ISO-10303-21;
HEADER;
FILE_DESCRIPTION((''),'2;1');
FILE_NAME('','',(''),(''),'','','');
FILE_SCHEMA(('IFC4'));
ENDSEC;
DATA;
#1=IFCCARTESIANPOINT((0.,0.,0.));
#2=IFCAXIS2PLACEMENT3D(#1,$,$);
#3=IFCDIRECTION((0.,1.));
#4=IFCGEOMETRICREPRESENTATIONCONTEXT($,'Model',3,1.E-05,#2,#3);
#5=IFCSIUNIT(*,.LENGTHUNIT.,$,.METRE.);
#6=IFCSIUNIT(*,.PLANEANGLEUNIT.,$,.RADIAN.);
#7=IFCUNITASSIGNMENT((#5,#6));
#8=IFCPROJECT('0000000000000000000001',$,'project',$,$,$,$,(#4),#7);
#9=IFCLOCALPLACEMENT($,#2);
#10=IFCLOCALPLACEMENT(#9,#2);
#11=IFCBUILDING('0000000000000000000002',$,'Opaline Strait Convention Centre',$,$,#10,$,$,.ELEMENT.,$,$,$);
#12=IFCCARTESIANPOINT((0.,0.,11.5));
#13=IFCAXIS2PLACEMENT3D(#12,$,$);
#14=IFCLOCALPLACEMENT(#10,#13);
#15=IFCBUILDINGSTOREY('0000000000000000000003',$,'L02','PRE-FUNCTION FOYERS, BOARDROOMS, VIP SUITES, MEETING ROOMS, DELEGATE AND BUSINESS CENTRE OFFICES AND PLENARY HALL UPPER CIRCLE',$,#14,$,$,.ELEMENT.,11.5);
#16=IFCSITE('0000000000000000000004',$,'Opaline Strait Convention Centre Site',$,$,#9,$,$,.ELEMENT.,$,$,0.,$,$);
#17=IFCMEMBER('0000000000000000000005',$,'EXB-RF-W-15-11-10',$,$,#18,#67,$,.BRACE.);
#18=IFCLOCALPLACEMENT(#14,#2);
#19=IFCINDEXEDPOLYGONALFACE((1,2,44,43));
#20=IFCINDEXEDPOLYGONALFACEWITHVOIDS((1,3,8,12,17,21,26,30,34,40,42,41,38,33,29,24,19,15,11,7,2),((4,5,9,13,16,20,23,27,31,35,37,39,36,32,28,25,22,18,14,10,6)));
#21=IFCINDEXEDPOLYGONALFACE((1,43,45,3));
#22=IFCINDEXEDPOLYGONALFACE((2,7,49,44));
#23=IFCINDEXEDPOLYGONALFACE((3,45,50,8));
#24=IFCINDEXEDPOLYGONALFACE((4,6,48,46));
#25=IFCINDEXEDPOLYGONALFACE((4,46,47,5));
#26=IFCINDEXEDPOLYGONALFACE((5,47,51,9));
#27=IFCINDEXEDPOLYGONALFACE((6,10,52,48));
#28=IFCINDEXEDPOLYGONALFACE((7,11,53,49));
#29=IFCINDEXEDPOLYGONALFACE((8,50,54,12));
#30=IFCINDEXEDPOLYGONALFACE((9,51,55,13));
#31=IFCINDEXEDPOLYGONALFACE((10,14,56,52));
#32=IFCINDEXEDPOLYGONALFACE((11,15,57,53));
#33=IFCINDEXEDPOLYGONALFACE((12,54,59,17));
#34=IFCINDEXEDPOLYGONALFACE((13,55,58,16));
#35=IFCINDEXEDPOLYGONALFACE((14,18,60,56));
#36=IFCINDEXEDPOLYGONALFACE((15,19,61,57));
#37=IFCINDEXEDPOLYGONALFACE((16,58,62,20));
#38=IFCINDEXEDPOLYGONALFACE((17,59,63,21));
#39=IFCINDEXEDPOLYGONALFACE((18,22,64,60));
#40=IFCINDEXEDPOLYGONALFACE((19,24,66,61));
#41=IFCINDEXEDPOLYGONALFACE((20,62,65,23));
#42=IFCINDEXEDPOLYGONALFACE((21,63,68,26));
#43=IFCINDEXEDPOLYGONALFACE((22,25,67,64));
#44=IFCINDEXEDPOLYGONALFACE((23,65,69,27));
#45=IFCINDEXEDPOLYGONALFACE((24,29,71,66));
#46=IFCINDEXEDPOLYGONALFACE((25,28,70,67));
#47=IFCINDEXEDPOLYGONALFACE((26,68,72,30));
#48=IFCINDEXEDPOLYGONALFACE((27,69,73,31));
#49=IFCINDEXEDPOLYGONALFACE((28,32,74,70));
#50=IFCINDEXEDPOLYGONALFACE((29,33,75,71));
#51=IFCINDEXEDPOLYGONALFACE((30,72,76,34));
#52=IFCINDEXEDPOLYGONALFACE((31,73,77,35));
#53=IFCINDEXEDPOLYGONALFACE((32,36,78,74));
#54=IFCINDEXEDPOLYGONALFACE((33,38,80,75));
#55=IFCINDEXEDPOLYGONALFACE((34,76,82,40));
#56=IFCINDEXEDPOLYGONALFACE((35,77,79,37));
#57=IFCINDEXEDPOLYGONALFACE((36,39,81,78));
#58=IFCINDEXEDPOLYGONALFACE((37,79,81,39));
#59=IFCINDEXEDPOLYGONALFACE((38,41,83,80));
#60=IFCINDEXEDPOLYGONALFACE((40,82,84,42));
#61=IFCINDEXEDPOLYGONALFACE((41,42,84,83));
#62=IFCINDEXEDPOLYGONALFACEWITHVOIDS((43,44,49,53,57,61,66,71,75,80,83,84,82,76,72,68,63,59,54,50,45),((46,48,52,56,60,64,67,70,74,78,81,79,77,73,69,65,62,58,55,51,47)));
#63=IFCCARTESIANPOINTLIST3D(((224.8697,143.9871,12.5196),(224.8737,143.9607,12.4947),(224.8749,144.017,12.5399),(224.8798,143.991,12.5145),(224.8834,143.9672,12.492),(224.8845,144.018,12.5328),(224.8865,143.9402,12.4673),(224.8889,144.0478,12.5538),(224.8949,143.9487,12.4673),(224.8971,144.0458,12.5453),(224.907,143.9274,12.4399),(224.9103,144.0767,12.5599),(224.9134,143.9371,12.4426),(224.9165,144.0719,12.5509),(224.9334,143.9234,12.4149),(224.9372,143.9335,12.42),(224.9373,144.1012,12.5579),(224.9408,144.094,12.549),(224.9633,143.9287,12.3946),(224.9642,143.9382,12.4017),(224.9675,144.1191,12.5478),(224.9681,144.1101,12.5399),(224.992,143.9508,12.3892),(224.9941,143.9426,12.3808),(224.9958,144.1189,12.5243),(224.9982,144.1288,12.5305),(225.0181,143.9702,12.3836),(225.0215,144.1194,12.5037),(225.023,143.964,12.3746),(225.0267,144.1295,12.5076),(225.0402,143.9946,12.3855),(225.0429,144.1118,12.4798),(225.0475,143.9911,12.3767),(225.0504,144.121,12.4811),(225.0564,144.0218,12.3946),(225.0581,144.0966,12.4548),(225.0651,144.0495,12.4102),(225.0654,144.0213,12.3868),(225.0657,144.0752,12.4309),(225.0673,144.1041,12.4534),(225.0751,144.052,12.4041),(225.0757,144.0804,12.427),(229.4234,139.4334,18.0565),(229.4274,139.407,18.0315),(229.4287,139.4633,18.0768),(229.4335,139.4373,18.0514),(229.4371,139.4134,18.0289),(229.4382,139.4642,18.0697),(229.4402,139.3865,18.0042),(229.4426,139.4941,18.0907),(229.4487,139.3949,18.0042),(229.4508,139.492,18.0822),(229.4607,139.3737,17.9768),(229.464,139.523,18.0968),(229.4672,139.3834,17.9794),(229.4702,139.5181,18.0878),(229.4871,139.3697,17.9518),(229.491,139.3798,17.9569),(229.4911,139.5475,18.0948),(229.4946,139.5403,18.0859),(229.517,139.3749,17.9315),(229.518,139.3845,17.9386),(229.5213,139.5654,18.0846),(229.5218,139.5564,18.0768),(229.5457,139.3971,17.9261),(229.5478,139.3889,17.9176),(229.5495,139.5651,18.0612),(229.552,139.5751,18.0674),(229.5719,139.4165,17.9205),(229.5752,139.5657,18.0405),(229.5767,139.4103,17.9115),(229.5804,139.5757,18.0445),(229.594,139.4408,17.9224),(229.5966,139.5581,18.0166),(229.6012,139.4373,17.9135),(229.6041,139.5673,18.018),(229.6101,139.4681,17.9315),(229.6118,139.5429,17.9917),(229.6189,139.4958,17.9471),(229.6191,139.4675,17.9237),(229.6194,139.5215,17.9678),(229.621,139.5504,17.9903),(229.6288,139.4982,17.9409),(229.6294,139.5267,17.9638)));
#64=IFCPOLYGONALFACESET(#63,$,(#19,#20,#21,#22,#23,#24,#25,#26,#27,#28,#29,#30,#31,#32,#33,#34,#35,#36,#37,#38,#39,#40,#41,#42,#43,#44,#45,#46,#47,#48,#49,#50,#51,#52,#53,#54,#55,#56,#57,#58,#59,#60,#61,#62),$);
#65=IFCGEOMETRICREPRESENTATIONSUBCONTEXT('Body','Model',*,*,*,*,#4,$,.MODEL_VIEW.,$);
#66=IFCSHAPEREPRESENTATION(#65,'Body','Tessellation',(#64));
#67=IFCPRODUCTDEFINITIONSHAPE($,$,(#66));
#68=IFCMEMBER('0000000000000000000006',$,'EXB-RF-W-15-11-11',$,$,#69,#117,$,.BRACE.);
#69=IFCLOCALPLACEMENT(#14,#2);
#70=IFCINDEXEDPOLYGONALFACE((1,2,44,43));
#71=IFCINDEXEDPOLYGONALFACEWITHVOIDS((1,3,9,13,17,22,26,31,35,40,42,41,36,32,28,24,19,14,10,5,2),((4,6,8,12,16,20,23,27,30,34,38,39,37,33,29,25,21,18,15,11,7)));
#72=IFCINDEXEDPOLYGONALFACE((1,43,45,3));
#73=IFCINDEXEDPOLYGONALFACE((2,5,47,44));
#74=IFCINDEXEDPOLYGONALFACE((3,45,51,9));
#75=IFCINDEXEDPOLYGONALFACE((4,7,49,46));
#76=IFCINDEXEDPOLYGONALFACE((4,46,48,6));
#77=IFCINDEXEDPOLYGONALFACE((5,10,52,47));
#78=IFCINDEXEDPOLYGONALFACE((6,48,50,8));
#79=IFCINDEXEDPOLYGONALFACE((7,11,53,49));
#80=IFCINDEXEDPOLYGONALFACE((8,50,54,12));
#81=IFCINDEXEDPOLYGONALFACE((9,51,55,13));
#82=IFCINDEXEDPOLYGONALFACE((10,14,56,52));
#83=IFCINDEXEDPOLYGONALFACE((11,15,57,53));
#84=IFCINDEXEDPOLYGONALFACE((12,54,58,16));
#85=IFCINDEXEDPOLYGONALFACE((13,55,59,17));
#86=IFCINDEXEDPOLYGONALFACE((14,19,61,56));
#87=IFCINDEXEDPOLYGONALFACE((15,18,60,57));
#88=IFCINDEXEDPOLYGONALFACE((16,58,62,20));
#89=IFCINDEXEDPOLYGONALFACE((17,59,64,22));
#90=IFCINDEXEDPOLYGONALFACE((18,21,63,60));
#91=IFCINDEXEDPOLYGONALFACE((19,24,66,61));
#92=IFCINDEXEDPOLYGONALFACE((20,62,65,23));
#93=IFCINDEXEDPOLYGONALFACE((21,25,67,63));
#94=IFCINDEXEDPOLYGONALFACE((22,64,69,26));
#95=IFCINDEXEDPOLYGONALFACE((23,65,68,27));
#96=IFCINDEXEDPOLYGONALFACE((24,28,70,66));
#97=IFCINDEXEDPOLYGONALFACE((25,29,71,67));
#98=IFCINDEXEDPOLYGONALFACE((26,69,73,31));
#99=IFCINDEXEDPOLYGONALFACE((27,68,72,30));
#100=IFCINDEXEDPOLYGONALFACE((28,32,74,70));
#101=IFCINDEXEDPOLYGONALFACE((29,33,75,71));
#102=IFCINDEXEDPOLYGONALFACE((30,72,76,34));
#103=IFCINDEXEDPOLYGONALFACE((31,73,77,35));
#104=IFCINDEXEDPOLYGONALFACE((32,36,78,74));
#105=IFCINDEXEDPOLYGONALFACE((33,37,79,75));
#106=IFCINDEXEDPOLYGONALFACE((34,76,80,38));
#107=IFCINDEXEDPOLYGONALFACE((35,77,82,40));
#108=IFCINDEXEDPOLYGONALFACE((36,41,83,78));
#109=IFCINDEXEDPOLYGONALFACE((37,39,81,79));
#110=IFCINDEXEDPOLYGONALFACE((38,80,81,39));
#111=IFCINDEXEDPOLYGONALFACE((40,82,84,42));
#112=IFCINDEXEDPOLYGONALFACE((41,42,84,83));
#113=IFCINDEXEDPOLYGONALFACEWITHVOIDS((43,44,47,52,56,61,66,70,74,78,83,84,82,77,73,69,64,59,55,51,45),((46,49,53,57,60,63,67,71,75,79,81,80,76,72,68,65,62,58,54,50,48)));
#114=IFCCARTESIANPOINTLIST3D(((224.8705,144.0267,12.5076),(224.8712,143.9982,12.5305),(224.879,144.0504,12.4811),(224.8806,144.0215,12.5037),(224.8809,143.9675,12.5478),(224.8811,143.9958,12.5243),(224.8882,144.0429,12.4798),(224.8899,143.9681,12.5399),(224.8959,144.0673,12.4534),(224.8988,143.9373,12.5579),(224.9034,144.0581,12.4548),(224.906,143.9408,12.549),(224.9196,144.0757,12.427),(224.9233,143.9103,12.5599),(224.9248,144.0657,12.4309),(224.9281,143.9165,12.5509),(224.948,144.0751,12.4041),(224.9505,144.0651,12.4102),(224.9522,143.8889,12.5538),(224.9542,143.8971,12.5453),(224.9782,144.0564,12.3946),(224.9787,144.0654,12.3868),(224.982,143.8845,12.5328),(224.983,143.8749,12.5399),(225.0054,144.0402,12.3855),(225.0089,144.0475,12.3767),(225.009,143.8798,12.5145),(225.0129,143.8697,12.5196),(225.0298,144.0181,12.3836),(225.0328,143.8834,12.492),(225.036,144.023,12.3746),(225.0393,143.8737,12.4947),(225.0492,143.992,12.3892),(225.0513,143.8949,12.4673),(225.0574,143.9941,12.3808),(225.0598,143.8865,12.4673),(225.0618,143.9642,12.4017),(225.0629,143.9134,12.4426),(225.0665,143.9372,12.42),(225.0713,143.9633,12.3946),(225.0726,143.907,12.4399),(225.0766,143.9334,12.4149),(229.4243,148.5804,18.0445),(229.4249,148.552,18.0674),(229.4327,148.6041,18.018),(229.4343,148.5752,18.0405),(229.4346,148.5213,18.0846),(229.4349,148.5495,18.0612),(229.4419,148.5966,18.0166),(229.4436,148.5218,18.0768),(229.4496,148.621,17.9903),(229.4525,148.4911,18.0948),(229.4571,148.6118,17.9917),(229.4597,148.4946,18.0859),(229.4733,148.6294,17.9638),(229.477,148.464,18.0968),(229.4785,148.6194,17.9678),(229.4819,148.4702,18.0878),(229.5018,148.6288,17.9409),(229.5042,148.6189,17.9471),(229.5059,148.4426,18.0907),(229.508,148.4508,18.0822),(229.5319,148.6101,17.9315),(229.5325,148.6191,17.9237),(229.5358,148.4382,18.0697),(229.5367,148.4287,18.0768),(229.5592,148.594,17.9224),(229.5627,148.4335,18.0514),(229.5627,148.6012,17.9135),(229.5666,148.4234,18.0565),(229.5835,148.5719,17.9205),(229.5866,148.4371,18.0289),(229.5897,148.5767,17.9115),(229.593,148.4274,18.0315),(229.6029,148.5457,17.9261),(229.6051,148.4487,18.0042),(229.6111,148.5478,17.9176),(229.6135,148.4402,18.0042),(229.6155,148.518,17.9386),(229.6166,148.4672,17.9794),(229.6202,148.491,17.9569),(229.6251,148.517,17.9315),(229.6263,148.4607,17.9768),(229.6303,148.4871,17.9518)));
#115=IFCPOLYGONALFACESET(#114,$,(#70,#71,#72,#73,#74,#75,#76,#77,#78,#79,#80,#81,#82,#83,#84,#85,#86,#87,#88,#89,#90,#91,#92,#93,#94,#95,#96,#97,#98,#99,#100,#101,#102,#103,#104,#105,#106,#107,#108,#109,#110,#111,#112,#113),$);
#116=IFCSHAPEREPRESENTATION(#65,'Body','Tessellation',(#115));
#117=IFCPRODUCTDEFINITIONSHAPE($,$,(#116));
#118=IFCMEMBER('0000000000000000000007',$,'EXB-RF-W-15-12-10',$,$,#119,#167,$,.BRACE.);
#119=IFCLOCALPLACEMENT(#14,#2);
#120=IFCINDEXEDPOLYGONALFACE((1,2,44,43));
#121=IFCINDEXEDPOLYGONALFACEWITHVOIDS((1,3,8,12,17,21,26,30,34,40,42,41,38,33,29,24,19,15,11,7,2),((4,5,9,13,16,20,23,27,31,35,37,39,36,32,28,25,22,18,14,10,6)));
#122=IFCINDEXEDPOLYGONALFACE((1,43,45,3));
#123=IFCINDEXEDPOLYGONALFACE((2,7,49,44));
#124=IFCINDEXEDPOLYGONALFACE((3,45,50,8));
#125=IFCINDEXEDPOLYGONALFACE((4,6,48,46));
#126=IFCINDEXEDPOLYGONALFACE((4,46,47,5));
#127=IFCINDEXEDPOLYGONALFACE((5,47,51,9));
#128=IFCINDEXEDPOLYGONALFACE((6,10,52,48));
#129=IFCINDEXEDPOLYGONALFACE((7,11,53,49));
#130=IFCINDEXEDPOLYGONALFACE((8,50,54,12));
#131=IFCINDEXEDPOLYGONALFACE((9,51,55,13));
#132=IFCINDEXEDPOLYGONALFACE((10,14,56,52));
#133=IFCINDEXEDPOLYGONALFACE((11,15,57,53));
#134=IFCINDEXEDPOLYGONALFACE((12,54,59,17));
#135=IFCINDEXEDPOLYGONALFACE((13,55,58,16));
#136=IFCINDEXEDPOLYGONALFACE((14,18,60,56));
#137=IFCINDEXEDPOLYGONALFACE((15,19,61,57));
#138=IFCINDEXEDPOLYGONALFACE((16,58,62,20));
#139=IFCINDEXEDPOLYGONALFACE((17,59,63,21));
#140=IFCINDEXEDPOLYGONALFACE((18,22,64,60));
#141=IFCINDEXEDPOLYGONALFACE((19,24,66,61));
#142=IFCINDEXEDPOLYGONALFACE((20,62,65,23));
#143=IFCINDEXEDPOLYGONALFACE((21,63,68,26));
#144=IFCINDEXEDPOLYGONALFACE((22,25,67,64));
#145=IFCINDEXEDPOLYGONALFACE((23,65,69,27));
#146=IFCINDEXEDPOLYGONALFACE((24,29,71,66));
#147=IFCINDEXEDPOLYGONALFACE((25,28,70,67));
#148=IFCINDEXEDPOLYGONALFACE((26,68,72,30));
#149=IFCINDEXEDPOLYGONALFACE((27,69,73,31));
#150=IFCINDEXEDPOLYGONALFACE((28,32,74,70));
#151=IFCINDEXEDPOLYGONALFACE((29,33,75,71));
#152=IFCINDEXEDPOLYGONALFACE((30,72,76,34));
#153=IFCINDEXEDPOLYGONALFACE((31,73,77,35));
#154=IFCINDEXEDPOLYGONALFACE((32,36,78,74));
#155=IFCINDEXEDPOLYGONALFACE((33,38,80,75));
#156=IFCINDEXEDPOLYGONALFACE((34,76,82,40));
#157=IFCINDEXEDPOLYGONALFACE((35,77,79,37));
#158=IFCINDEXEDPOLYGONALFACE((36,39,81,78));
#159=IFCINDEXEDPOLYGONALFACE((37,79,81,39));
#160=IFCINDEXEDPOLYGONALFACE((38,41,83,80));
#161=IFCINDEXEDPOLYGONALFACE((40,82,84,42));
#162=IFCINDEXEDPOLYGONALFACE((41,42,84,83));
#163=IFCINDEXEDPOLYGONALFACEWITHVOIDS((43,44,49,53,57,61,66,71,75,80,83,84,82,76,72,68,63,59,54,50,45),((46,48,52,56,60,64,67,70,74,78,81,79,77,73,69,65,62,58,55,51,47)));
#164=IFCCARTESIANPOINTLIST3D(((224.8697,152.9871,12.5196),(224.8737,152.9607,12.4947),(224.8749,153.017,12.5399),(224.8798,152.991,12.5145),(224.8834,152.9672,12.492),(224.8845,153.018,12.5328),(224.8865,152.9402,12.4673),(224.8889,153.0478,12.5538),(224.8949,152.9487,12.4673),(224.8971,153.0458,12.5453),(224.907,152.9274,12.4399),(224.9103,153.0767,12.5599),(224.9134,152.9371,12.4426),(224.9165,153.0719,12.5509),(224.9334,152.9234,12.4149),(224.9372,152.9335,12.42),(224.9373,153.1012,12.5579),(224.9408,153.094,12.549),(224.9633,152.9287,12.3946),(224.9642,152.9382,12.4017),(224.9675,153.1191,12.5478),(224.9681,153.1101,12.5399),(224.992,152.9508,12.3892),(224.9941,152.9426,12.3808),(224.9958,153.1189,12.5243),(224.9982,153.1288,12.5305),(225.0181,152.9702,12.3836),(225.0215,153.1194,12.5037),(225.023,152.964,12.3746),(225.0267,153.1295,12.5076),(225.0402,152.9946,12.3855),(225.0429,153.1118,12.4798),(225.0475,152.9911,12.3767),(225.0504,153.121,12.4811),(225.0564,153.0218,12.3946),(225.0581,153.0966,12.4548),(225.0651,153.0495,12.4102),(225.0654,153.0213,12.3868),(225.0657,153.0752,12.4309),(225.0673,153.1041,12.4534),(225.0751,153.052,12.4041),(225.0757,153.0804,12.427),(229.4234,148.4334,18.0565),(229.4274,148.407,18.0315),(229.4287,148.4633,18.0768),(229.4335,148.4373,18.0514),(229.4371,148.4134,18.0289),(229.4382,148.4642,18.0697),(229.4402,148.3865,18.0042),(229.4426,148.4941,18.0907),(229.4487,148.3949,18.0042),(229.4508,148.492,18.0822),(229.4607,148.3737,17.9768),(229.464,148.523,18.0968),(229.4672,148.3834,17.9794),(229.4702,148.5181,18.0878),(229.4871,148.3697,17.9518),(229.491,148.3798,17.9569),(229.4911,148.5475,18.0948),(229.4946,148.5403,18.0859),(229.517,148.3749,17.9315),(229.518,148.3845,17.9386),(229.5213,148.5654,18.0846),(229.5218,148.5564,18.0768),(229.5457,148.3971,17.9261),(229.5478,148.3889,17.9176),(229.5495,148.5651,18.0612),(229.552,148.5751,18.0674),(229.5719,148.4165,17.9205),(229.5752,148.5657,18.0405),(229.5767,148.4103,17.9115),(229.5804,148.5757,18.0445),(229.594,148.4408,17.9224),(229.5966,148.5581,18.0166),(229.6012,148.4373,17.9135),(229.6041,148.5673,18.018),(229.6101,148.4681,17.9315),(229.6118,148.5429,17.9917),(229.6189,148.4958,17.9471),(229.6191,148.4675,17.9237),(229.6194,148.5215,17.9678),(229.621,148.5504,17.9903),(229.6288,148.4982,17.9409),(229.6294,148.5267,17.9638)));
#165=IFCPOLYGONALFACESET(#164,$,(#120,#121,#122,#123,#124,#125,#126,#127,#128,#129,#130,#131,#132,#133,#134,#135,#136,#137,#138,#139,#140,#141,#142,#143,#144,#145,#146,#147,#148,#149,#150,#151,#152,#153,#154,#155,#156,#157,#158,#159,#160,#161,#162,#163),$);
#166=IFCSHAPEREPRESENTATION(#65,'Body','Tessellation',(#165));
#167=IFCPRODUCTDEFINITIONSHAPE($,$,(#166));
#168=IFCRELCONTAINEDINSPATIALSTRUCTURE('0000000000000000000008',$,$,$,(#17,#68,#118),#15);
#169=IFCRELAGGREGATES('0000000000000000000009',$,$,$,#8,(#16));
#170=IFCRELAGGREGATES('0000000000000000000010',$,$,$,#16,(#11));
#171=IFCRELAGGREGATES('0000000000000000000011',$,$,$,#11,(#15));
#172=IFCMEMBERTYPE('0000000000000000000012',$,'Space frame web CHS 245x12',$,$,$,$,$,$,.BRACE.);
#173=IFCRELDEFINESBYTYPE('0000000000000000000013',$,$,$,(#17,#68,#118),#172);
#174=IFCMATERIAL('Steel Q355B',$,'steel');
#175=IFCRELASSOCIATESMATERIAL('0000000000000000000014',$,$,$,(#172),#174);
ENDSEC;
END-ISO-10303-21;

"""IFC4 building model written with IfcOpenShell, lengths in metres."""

from ifc_helpers import new_model, si_unit, direction, frame, origin, origin_2d, place, context, subcontext, project, spatial, hollow_circle, extrude, material, material_profile, profile_set, type_object, element, save


model = new_model("IFC4")

# Units and contexts
model_context = context("Model", 3, precision=1e-05, world=origin(), true_north=direction((0.0, 1.0)))
body_context = subcontext(model_context, "Body", "Model", "MODEL_VIEW")
ifc_project = project(units=[si_unit("LENGTHUNIT", "METRE"), si_unit("PLANEANGLEUNIT", "RADIAN")], contexts=[model_context])

# Site, building, storey
site_placement = place(None, origin())
site = spatial("IfcSite", under=ifc_project, at=site_placement, Name="Opaline Strait Convention Centre Site", CompositionType="ELEMENT", RefElevation=0.0)
building_placement = place(site_placement, origin())
building = spatial("IfcBuilding", under=site, at=building_placement, Name="Opaline Strait Convention Centre", CompositionType="ELEMENT")
storey_placement = place(building_placement, frame((0.0, 0.0, 11.5)))
storey = spatial("IfcBuildingStorey", under=building, at=storey_placement, Name="L02", Description="PRE-FUNCTION FOYERS, BOARDROOMS, VIP SUITES, MEETING ROOMS, DELEGATE AND BUSINESS CENTRE OFFICES AND PLENARY HALL UPPER CIRCLE", CompositionType="ELEMENT", Elevation=11.5)

# Members
ifc_material_1 = material(Name="Steel Q355B", Category="steel")
ifc_material_profile_1 = material_profile(ifc_material_1, hollow_circle(Radius=0.1226, WallThickness=0.012, at=origin_2d()), Name="CHS 245x12")
ifc_profile_set_1 = profile_set([ifc_material_profile_1], Name="Steel Q355B")
member_type_1 = type_object("IfcMemberType", Name="Space frame web CHS 245x12", PredefinedType="BRACE", material=ifc_profile_set_1)
for number, where, z_axis, x_axis, name in (
    (1, (229.5269, 139.4731, 18.0042), (-0.536178, 0.536178, -0.65194), (-0.707107, -0.707107, 0.0), "EXB-RF-W-15-11-10"),
    (2, (229.5269, 148.5269, 18.0042), (-0.536178, -0.536178, -0.65194), (0.707107, -0.707107, 0.0), "EXB-RF-W-15-11-11"),
    (3, (229.5269, 148.4731, 18.0042), (-0.536178, 0.536178, -0.65194), (-0.707107, -0.707107, 0.0), "EXB-RF-W-15-12-10"),
):
    element("IfcMember", number, at=place(storey_placement, frame(where, z_axis=z_axis, x_axis=x_axis)), inside=storey, type_object=member_type_1, Name=name, PredefinedType="BRACE", context=body_context, shape_type="SweptSolid", body=[
        extrude(hollow_circle(Radius=0.1226, WallThickness=0.012, at=origin_2d()), origin(), (0.0, 0.0, 1.0), 8.4929),
    ])

save(model, "model.ifc")
